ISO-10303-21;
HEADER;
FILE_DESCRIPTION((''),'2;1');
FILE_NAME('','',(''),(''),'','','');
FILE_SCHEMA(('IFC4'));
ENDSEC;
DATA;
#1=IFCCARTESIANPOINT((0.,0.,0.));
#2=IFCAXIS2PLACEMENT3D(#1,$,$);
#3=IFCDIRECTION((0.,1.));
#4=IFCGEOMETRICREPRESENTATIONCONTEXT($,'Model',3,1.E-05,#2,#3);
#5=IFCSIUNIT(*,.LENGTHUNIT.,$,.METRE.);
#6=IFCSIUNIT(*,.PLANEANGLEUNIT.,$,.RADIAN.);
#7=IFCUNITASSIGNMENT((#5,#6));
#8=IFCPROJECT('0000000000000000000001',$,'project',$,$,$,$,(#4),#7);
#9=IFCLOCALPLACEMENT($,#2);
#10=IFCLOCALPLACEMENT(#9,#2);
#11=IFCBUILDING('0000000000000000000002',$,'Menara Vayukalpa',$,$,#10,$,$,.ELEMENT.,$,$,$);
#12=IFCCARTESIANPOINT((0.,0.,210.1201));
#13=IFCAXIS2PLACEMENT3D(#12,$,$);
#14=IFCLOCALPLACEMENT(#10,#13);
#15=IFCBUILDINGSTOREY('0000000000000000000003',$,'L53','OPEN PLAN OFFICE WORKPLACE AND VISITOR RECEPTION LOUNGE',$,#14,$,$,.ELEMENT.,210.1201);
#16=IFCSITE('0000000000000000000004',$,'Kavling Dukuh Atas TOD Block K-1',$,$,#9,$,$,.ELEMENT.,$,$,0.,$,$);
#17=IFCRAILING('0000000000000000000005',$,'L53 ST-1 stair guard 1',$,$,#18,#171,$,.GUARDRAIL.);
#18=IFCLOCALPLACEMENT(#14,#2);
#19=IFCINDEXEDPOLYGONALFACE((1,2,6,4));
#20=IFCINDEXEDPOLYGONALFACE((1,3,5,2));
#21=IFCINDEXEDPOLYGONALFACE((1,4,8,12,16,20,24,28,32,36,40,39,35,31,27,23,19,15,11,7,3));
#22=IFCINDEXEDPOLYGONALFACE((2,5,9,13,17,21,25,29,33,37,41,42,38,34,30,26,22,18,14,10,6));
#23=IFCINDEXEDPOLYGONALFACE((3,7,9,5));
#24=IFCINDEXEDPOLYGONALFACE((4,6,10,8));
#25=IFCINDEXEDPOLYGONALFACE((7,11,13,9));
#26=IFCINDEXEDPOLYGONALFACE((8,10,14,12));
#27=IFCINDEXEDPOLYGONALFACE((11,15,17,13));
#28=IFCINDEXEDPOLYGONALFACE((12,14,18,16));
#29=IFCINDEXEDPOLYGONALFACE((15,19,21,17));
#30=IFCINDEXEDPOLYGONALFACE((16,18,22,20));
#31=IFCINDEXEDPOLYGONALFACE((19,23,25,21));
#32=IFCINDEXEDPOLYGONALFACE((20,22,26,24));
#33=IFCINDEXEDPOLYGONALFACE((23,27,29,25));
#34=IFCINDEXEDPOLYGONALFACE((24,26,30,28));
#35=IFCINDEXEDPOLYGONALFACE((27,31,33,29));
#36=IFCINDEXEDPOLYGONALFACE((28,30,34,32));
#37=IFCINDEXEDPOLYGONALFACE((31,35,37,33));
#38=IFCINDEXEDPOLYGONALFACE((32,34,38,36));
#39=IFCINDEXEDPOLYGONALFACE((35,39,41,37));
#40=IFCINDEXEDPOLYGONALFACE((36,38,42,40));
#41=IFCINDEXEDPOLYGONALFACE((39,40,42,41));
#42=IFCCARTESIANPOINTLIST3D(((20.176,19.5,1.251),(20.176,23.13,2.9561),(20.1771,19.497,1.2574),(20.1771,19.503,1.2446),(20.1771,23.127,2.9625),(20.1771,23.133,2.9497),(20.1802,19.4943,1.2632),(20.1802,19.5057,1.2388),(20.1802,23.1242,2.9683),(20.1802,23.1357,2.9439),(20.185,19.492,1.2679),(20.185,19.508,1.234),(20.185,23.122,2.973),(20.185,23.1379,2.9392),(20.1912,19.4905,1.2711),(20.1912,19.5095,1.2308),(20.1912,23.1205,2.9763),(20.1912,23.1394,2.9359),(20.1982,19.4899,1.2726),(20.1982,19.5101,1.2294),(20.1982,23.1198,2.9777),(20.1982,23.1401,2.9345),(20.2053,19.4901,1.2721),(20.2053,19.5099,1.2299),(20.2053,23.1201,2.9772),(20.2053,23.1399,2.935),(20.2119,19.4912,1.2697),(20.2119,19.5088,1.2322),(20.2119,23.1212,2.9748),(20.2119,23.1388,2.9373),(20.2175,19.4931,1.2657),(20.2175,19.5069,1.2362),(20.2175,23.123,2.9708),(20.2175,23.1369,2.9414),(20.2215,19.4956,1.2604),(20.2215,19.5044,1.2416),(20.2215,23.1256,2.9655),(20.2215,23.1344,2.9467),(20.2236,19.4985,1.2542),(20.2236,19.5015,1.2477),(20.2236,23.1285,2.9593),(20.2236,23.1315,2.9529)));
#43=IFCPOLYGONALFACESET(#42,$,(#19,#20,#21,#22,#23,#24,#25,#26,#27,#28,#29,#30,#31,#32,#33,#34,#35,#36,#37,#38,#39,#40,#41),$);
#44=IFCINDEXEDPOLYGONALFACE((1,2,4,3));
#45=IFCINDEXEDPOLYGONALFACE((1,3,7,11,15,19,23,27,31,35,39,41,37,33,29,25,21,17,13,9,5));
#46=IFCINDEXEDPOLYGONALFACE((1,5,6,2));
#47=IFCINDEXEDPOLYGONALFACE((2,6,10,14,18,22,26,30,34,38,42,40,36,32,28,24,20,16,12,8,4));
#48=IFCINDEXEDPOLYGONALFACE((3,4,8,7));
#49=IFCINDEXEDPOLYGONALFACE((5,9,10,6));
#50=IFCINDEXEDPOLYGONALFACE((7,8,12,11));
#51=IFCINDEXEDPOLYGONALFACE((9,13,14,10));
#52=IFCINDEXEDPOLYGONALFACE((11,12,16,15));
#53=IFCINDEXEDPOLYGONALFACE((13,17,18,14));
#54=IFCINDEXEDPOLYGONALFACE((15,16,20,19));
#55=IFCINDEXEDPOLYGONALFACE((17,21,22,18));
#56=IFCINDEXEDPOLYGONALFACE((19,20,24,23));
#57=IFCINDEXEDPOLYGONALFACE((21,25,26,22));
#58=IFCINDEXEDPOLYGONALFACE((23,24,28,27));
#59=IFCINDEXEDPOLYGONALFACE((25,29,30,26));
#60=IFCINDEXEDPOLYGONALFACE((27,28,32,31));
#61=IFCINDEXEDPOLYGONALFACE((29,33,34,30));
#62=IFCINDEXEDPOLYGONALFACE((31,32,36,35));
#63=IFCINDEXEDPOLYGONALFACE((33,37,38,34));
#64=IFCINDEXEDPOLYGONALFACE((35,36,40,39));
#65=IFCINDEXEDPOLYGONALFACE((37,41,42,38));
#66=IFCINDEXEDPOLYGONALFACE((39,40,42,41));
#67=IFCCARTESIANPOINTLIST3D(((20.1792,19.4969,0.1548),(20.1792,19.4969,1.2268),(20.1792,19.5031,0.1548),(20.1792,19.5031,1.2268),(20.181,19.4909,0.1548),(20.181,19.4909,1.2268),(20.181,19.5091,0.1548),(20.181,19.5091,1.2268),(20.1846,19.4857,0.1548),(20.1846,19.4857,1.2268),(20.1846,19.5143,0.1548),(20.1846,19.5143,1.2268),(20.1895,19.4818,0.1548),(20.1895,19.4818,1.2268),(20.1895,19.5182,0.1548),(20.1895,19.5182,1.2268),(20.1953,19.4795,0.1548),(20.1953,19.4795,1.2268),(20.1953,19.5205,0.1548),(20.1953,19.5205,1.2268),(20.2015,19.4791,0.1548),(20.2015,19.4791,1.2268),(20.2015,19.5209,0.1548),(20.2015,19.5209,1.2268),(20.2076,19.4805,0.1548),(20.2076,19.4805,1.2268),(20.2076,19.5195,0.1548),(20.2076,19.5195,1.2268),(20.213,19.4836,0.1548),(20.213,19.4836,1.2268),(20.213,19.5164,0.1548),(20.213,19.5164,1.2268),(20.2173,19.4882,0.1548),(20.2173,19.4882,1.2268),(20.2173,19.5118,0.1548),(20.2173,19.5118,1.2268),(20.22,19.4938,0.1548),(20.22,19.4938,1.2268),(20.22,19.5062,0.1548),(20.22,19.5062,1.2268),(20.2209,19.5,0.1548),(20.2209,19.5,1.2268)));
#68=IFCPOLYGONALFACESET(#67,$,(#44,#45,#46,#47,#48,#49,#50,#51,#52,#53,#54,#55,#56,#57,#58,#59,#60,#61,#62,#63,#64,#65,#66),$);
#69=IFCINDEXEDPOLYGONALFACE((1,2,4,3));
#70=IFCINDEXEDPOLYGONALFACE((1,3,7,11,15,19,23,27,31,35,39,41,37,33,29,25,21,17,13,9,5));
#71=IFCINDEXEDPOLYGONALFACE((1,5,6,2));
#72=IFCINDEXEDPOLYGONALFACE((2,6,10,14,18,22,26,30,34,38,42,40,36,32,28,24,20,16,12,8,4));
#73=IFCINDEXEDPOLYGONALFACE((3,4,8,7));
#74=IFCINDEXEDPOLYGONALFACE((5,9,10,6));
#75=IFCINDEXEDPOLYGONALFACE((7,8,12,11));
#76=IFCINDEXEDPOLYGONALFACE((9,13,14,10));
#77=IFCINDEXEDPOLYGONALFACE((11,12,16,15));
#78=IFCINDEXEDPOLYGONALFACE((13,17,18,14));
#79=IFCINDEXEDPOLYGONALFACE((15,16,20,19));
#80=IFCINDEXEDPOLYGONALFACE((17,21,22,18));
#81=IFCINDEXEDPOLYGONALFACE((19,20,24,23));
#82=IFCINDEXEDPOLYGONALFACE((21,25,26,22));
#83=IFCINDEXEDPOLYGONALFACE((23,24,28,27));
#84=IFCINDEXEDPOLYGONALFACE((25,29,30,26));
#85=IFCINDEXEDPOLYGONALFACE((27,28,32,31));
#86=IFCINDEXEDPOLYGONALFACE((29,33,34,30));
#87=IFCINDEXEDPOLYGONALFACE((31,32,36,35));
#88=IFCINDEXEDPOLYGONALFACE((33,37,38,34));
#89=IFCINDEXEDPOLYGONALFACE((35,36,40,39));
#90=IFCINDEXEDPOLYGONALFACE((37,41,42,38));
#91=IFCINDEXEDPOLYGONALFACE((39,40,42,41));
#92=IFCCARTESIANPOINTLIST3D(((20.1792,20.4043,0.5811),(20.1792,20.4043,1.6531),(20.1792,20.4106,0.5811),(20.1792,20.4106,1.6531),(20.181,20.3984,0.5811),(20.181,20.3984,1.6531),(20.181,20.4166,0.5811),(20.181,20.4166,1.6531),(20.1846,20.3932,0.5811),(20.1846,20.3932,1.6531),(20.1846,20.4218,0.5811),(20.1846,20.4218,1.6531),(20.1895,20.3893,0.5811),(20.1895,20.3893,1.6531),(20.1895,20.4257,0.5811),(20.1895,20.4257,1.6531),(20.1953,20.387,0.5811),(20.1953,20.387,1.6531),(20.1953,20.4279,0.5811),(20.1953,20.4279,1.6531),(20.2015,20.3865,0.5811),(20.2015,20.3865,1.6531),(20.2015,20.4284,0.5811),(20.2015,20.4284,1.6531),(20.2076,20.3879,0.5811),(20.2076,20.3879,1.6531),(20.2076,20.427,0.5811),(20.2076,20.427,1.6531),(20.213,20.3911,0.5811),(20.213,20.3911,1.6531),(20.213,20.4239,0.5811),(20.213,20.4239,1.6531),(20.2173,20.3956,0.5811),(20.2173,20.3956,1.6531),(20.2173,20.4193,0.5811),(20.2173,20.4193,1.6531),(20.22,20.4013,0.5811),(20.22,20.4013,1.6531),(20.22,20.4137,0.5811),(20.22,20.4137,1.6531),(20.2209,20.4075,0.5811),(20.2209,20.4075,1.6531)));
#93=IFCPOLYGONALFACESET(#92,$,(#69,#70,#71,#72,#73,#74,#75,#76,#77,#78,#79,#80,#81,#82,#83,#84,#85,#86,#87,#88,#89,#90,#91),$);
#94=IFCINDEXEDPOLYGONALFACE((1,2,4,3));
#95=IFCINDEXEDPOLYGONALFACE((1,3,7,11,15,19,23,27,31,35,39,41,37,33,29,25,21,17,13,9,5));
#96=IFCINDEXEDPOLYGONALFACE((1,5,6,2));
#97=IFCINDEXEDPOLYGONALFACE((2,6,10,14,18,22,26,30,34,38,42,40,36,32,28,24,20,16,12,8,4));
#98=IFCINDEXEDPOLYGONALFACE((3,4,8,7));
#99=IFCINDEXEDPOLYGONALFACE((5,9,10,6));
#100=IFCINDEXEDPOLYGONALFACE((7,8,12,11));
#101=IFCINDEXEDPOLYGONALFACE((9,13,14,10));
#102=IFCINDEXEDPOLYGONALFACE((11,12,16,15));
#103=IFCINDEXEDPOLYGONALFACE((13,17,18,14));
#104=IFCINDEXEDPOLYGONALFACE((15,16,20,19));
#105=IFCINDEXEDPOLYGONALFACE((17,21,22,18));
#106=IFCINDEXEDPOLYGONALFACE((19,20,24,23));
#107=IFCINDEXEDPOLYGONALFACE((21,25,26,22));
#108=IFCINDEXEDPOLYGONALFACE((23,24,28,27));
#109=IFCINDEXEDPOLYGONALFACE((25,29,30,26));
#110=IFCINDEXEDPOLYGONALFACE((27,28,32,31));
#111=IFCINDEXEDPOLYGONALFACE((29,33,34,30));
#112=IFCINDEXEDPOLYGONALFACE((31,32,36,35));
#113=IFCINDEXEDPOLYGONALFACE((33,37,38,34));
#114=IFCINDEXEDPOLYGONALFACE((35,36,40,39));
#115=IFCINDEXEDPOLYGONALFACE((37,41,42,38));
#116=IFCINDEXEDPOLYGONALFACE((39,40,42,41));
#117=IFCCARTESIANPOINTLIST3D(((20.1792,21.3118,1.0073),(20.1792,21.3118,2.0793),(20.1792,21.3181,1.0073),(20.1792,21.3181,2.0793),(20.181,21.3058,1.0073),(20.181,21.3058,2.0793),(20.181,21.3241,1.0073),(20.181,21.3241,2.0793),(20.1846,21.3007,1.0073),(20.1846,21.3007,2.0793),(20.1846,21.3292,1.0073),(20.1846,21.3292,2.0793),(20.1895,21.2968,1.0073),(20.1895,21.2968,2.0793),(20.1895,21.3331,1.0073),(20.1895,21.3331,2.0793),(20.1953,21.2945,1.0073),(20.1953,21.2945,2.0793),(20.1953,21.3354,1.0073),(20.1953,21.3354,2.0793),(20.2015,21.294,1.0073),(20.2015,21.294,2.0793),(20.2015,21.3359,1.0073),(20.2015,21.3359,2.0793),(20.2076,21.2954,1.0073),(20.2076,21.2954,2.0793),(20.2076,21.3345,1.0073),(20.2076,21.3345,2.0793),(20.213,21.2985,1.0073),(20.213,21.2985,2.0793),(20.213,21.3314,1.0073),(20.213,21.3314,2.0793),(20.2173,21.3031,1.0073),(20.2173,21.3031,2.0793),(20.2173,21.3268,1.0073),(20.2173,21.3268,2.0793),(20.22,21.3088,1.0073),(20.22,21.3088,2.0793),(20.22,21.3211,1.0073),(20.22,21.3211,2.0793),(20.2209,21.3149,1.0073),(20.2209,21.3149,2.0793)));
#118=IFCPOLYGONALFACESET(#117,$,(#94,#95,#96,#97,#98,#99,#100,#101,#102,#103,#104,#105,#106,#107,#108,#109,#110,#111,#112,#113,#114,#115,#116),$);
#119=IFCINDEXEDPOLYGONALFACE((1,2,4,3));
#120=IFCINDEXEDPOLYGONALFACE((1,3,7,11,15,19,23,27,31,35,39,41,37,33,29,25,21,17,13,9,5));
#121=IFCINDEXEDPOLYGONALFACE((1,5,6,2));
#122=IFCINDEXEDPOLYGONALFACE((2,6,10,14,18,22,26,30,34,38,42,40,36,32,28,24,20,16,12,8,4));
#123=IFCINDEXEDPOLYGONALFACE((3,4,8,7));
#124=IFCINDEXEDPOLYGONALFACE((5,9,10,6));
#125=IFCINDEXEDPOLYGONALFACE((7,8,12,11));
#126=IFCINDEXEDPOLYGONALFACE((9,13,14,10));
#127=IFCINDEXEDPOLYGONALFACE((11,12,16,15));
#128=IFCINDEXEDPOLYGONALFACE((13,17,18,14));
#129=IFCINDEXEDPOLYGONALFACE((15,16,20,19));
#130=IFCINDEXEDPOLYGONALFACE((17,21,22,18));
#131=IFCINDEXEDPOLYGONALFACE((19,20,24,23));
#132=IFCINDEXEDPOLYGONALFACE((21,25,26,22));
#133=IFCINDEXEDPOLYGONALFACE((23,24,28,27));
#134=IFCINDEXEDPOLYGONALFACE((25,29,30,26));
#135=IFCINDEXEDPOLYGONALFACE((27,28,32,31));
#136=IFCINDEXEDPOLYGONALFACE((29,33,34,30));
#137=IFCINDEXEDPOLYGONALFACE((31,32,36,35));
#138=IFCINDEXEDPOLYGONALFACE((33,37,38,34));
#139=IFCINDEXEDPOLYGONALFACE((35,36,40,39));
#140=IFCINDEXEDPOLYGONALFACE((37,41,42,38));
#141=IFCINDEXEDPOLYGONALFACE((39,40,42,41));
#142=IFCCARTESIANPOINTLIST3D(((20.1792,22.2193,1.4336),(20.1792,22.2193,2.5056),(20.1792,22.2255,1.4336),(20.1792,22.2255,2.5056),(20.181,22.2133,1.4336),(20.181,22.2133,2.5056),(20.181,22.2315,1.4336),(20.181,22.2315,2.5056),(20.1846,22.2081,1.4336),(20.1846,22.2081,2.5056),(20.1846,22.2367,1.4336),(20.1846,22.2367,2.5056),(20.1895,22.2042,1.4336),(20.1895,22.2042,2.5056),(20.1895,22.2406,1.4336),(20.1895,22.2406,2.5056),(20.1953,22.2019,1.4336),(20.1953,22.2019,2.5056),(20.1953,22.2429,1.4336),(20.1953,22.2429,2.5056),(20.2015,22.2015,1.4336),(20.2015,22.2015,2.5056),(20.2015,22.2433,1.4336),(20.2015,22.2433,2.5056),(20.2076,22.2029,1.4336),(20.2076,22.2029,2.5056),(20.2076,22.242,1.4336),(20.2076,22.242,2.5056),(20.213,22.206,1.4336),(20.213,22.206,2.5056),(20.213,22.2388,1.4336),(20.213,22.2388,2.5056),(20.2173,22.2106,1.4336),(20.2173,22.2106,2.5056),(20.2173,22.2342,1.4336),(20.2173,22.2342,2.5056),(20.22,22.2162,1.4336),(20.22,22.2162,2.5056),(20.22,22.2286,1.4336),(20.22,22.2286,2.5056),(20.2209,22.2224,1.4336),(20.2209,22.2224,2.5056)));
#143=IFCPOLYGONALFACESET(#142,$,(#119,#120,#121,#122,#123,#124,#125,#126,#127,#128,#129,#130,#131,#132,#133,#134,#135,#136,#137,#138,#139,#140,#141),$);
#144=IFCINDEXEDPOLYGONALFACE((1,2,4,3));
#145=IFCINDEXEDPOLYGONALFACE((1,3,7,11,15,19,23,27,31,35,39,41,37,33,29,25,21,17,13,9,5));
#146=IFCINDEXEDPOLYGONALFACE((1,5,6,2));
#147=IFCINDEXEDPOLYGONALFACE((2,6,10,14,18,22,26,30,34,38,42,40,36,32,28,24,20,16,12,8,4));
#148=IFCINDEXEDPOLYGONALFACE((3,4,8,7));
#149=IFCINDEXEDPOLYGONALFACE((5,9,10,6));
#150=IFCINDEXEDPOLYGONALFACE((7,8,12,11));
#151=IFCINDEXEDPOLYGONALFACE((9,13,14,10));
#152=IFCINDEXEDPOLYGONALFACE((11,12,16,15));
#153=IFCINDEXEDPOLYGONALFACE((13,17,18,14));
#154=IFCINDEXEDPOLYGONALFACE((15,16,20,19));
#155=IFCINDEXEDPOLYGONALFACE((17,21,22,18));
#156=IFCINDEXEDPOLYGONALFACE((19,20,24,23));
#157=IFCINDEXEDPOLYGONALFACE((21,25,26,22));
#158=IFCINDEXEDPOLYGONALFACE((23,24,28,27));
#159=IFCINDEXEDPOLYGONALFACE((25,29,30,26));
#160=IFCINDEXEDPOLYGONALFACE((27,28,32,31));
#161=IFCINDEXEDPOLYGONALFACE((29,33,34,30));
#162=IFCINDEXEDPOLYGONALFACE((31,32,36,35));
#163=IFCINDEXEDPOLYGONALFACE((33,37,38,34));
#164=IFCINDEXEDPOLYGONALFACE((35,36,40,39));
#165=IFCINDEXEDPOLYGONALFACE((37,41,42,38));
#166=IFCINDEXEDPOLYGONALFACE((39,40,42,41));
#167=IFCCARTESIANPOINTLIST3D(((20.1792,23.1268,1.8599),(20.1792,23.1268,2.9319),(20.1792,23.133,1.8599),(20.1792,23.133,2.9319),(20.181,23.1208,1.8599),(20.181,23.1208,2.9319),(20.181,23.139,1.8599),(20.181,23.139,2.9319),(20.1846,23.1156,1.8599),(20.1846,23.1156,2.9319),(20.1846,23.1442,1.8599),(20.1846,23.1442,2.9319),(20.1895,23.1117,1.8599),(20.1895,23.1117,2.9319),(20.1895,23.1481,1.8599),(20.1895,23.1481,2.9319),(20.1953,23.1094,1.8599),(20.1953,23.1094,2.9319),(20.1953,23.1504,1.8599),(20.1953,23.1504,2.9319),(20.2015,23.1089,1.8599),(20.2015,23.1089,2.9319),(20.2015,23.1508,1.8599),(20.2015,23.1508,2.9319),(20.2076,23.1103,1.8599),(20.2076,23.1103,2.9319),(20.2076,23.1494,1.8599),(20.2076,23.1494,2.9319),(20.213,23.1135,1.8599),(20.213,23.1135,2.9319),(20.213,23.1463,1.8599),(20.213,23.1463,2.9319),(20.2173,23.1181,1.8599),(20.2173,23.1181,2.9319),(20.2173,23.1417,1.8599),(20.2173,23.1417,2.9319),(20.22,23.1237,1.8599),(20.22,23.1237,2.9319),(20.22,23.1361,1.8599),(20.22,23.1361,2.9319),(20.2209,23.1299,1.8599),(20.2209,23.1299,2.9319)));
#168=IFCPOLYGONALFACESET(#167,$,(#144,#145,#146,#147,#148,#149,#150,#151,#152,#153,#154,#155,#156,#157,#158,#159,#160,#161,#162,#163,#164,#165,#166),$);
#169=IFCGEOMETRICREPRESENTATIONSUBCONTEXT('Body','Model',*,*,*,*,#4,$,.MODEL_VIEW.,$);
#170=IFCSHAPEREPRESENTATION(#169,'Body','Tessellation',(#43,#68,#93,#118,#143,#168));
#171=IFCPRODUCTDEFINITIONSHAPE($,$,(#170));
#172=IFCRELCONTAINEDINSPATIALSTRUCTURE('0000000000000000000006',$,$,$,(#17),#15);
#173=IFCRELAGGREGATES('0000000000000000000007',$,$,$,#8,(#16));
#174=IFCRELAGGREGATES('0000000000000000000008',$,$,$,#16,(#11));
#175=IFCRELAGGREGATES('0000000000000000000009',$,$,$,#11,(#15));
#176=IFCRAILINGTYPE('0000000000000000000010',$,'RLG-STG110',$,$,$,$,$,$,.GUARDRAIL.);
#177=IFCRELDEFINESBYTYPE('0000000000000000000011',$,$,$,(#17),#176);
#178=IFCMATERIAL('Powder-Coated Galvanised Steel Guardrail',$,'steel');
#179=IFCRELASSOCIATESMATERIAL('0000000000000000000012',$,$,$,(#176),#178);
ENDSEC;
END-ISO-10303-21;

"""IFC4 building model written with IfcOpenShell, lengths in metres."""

from ifc_helpers import new_model, si_unit, direction, frame, origin, origin_2d, place, context, subcontext, project, spatial, circle, extrude, material, type_object, element, save


model = new_model("IFC4")

# Units and contexts
model_context = context("Model", 3, precision=1e-05, world=origin(), true_north=direction((0.0, 1.0)))
body_context = subcontext(model_context, "Body", "Model", "MODEL_VIEW")
ifc_project = project(units=[si_unit("LENGTHUNIT", "METRE"), si_unit("PLANEANGLEUNIT", "RADIAN")], contexts=[model_context])

# Site, building, storey
site_placement = place(None, origin())
site = spatial("IfcSite", under=ifc_project, at=site_placement, Name="Kavling Dukuh Atas TOD Block K-1", CompositionType="ELEMENT", RefElevation=0.0)
building_placement = place(site_placement, origin())
building = spatial("IfcBuilding", under=site, at=building_placement, Name="Menara Vayukalpa", CompositionType="ELEMENT")
storey_placement = place(building_placement, frame((0.0, 0.0, 210.1201)))
storey = spatial("IfcBuildingStorey", under=building, at=storey_placement, Name="L53", Description="OPEN PLAN OFFICE WORKPLACE AND VISITOR RECEPTION LOUNGE", CompositionType="ELEMENT", Elevation=210.1201)

# Railing
ifc_material_1 = material(Name="Powder-Coated Galvanised Steel Guardrail", Category="steel")
railing_type = type_object("IfcRailingType", Name="RLG-STG110", PredefinedType="GUARDRAIL", material=ifc_material_1)
railing_1_placement = place(storey_placement, frame((20.2, 19.5, 0.1548)))
element("IfcRailing", 1, at=railing_1_placement, inside=storey, type_object=railing_type, Name="L53 ST-1 stair guard 1", PredefinedType="GUARDRAIL", context=body_context, shape_type="SweptSolid", body=[
    extrude(circle(Radius=0.0239, at=origin_2d()), frame((0.0, 0.0, 1.0962), z_axis=(0.0, 0.905116, 0.425164), x_axis=(-1.0, 0.0, 0.0)), (0.0, 0.0, 1.0), 4.0105),
    extrude(circle(Radius=0.021, at=origin_2d()), origin(), (0.0, 0.0, 1.0), 1.072),
    extrude(circle(Radius=0.021, at=origin_2d()), frame((0.0, 0.9075, 0.4263)), (0.0, 0.0, 1.0), 1.072),
    extrude(circle(Radius=0.021, at=origin_2d()), frame((0.0, 1.8149, 0.8525)), (0.0, 0.0, 1.0), 1.072),
    extrude(circle(Radius=0.021, at=origin_2d()), frame((0.0, 2.7224, 1.2788)), (0.0, 0.0, 1.0), 1.072),
    extrude(circle(Radius=0.021, at=origin_2d()), frame((0.0, 3.6299, 1.7051)), (0.0, 0.0, 1.0), 1.072),
])

save(model, "model.ifc")
